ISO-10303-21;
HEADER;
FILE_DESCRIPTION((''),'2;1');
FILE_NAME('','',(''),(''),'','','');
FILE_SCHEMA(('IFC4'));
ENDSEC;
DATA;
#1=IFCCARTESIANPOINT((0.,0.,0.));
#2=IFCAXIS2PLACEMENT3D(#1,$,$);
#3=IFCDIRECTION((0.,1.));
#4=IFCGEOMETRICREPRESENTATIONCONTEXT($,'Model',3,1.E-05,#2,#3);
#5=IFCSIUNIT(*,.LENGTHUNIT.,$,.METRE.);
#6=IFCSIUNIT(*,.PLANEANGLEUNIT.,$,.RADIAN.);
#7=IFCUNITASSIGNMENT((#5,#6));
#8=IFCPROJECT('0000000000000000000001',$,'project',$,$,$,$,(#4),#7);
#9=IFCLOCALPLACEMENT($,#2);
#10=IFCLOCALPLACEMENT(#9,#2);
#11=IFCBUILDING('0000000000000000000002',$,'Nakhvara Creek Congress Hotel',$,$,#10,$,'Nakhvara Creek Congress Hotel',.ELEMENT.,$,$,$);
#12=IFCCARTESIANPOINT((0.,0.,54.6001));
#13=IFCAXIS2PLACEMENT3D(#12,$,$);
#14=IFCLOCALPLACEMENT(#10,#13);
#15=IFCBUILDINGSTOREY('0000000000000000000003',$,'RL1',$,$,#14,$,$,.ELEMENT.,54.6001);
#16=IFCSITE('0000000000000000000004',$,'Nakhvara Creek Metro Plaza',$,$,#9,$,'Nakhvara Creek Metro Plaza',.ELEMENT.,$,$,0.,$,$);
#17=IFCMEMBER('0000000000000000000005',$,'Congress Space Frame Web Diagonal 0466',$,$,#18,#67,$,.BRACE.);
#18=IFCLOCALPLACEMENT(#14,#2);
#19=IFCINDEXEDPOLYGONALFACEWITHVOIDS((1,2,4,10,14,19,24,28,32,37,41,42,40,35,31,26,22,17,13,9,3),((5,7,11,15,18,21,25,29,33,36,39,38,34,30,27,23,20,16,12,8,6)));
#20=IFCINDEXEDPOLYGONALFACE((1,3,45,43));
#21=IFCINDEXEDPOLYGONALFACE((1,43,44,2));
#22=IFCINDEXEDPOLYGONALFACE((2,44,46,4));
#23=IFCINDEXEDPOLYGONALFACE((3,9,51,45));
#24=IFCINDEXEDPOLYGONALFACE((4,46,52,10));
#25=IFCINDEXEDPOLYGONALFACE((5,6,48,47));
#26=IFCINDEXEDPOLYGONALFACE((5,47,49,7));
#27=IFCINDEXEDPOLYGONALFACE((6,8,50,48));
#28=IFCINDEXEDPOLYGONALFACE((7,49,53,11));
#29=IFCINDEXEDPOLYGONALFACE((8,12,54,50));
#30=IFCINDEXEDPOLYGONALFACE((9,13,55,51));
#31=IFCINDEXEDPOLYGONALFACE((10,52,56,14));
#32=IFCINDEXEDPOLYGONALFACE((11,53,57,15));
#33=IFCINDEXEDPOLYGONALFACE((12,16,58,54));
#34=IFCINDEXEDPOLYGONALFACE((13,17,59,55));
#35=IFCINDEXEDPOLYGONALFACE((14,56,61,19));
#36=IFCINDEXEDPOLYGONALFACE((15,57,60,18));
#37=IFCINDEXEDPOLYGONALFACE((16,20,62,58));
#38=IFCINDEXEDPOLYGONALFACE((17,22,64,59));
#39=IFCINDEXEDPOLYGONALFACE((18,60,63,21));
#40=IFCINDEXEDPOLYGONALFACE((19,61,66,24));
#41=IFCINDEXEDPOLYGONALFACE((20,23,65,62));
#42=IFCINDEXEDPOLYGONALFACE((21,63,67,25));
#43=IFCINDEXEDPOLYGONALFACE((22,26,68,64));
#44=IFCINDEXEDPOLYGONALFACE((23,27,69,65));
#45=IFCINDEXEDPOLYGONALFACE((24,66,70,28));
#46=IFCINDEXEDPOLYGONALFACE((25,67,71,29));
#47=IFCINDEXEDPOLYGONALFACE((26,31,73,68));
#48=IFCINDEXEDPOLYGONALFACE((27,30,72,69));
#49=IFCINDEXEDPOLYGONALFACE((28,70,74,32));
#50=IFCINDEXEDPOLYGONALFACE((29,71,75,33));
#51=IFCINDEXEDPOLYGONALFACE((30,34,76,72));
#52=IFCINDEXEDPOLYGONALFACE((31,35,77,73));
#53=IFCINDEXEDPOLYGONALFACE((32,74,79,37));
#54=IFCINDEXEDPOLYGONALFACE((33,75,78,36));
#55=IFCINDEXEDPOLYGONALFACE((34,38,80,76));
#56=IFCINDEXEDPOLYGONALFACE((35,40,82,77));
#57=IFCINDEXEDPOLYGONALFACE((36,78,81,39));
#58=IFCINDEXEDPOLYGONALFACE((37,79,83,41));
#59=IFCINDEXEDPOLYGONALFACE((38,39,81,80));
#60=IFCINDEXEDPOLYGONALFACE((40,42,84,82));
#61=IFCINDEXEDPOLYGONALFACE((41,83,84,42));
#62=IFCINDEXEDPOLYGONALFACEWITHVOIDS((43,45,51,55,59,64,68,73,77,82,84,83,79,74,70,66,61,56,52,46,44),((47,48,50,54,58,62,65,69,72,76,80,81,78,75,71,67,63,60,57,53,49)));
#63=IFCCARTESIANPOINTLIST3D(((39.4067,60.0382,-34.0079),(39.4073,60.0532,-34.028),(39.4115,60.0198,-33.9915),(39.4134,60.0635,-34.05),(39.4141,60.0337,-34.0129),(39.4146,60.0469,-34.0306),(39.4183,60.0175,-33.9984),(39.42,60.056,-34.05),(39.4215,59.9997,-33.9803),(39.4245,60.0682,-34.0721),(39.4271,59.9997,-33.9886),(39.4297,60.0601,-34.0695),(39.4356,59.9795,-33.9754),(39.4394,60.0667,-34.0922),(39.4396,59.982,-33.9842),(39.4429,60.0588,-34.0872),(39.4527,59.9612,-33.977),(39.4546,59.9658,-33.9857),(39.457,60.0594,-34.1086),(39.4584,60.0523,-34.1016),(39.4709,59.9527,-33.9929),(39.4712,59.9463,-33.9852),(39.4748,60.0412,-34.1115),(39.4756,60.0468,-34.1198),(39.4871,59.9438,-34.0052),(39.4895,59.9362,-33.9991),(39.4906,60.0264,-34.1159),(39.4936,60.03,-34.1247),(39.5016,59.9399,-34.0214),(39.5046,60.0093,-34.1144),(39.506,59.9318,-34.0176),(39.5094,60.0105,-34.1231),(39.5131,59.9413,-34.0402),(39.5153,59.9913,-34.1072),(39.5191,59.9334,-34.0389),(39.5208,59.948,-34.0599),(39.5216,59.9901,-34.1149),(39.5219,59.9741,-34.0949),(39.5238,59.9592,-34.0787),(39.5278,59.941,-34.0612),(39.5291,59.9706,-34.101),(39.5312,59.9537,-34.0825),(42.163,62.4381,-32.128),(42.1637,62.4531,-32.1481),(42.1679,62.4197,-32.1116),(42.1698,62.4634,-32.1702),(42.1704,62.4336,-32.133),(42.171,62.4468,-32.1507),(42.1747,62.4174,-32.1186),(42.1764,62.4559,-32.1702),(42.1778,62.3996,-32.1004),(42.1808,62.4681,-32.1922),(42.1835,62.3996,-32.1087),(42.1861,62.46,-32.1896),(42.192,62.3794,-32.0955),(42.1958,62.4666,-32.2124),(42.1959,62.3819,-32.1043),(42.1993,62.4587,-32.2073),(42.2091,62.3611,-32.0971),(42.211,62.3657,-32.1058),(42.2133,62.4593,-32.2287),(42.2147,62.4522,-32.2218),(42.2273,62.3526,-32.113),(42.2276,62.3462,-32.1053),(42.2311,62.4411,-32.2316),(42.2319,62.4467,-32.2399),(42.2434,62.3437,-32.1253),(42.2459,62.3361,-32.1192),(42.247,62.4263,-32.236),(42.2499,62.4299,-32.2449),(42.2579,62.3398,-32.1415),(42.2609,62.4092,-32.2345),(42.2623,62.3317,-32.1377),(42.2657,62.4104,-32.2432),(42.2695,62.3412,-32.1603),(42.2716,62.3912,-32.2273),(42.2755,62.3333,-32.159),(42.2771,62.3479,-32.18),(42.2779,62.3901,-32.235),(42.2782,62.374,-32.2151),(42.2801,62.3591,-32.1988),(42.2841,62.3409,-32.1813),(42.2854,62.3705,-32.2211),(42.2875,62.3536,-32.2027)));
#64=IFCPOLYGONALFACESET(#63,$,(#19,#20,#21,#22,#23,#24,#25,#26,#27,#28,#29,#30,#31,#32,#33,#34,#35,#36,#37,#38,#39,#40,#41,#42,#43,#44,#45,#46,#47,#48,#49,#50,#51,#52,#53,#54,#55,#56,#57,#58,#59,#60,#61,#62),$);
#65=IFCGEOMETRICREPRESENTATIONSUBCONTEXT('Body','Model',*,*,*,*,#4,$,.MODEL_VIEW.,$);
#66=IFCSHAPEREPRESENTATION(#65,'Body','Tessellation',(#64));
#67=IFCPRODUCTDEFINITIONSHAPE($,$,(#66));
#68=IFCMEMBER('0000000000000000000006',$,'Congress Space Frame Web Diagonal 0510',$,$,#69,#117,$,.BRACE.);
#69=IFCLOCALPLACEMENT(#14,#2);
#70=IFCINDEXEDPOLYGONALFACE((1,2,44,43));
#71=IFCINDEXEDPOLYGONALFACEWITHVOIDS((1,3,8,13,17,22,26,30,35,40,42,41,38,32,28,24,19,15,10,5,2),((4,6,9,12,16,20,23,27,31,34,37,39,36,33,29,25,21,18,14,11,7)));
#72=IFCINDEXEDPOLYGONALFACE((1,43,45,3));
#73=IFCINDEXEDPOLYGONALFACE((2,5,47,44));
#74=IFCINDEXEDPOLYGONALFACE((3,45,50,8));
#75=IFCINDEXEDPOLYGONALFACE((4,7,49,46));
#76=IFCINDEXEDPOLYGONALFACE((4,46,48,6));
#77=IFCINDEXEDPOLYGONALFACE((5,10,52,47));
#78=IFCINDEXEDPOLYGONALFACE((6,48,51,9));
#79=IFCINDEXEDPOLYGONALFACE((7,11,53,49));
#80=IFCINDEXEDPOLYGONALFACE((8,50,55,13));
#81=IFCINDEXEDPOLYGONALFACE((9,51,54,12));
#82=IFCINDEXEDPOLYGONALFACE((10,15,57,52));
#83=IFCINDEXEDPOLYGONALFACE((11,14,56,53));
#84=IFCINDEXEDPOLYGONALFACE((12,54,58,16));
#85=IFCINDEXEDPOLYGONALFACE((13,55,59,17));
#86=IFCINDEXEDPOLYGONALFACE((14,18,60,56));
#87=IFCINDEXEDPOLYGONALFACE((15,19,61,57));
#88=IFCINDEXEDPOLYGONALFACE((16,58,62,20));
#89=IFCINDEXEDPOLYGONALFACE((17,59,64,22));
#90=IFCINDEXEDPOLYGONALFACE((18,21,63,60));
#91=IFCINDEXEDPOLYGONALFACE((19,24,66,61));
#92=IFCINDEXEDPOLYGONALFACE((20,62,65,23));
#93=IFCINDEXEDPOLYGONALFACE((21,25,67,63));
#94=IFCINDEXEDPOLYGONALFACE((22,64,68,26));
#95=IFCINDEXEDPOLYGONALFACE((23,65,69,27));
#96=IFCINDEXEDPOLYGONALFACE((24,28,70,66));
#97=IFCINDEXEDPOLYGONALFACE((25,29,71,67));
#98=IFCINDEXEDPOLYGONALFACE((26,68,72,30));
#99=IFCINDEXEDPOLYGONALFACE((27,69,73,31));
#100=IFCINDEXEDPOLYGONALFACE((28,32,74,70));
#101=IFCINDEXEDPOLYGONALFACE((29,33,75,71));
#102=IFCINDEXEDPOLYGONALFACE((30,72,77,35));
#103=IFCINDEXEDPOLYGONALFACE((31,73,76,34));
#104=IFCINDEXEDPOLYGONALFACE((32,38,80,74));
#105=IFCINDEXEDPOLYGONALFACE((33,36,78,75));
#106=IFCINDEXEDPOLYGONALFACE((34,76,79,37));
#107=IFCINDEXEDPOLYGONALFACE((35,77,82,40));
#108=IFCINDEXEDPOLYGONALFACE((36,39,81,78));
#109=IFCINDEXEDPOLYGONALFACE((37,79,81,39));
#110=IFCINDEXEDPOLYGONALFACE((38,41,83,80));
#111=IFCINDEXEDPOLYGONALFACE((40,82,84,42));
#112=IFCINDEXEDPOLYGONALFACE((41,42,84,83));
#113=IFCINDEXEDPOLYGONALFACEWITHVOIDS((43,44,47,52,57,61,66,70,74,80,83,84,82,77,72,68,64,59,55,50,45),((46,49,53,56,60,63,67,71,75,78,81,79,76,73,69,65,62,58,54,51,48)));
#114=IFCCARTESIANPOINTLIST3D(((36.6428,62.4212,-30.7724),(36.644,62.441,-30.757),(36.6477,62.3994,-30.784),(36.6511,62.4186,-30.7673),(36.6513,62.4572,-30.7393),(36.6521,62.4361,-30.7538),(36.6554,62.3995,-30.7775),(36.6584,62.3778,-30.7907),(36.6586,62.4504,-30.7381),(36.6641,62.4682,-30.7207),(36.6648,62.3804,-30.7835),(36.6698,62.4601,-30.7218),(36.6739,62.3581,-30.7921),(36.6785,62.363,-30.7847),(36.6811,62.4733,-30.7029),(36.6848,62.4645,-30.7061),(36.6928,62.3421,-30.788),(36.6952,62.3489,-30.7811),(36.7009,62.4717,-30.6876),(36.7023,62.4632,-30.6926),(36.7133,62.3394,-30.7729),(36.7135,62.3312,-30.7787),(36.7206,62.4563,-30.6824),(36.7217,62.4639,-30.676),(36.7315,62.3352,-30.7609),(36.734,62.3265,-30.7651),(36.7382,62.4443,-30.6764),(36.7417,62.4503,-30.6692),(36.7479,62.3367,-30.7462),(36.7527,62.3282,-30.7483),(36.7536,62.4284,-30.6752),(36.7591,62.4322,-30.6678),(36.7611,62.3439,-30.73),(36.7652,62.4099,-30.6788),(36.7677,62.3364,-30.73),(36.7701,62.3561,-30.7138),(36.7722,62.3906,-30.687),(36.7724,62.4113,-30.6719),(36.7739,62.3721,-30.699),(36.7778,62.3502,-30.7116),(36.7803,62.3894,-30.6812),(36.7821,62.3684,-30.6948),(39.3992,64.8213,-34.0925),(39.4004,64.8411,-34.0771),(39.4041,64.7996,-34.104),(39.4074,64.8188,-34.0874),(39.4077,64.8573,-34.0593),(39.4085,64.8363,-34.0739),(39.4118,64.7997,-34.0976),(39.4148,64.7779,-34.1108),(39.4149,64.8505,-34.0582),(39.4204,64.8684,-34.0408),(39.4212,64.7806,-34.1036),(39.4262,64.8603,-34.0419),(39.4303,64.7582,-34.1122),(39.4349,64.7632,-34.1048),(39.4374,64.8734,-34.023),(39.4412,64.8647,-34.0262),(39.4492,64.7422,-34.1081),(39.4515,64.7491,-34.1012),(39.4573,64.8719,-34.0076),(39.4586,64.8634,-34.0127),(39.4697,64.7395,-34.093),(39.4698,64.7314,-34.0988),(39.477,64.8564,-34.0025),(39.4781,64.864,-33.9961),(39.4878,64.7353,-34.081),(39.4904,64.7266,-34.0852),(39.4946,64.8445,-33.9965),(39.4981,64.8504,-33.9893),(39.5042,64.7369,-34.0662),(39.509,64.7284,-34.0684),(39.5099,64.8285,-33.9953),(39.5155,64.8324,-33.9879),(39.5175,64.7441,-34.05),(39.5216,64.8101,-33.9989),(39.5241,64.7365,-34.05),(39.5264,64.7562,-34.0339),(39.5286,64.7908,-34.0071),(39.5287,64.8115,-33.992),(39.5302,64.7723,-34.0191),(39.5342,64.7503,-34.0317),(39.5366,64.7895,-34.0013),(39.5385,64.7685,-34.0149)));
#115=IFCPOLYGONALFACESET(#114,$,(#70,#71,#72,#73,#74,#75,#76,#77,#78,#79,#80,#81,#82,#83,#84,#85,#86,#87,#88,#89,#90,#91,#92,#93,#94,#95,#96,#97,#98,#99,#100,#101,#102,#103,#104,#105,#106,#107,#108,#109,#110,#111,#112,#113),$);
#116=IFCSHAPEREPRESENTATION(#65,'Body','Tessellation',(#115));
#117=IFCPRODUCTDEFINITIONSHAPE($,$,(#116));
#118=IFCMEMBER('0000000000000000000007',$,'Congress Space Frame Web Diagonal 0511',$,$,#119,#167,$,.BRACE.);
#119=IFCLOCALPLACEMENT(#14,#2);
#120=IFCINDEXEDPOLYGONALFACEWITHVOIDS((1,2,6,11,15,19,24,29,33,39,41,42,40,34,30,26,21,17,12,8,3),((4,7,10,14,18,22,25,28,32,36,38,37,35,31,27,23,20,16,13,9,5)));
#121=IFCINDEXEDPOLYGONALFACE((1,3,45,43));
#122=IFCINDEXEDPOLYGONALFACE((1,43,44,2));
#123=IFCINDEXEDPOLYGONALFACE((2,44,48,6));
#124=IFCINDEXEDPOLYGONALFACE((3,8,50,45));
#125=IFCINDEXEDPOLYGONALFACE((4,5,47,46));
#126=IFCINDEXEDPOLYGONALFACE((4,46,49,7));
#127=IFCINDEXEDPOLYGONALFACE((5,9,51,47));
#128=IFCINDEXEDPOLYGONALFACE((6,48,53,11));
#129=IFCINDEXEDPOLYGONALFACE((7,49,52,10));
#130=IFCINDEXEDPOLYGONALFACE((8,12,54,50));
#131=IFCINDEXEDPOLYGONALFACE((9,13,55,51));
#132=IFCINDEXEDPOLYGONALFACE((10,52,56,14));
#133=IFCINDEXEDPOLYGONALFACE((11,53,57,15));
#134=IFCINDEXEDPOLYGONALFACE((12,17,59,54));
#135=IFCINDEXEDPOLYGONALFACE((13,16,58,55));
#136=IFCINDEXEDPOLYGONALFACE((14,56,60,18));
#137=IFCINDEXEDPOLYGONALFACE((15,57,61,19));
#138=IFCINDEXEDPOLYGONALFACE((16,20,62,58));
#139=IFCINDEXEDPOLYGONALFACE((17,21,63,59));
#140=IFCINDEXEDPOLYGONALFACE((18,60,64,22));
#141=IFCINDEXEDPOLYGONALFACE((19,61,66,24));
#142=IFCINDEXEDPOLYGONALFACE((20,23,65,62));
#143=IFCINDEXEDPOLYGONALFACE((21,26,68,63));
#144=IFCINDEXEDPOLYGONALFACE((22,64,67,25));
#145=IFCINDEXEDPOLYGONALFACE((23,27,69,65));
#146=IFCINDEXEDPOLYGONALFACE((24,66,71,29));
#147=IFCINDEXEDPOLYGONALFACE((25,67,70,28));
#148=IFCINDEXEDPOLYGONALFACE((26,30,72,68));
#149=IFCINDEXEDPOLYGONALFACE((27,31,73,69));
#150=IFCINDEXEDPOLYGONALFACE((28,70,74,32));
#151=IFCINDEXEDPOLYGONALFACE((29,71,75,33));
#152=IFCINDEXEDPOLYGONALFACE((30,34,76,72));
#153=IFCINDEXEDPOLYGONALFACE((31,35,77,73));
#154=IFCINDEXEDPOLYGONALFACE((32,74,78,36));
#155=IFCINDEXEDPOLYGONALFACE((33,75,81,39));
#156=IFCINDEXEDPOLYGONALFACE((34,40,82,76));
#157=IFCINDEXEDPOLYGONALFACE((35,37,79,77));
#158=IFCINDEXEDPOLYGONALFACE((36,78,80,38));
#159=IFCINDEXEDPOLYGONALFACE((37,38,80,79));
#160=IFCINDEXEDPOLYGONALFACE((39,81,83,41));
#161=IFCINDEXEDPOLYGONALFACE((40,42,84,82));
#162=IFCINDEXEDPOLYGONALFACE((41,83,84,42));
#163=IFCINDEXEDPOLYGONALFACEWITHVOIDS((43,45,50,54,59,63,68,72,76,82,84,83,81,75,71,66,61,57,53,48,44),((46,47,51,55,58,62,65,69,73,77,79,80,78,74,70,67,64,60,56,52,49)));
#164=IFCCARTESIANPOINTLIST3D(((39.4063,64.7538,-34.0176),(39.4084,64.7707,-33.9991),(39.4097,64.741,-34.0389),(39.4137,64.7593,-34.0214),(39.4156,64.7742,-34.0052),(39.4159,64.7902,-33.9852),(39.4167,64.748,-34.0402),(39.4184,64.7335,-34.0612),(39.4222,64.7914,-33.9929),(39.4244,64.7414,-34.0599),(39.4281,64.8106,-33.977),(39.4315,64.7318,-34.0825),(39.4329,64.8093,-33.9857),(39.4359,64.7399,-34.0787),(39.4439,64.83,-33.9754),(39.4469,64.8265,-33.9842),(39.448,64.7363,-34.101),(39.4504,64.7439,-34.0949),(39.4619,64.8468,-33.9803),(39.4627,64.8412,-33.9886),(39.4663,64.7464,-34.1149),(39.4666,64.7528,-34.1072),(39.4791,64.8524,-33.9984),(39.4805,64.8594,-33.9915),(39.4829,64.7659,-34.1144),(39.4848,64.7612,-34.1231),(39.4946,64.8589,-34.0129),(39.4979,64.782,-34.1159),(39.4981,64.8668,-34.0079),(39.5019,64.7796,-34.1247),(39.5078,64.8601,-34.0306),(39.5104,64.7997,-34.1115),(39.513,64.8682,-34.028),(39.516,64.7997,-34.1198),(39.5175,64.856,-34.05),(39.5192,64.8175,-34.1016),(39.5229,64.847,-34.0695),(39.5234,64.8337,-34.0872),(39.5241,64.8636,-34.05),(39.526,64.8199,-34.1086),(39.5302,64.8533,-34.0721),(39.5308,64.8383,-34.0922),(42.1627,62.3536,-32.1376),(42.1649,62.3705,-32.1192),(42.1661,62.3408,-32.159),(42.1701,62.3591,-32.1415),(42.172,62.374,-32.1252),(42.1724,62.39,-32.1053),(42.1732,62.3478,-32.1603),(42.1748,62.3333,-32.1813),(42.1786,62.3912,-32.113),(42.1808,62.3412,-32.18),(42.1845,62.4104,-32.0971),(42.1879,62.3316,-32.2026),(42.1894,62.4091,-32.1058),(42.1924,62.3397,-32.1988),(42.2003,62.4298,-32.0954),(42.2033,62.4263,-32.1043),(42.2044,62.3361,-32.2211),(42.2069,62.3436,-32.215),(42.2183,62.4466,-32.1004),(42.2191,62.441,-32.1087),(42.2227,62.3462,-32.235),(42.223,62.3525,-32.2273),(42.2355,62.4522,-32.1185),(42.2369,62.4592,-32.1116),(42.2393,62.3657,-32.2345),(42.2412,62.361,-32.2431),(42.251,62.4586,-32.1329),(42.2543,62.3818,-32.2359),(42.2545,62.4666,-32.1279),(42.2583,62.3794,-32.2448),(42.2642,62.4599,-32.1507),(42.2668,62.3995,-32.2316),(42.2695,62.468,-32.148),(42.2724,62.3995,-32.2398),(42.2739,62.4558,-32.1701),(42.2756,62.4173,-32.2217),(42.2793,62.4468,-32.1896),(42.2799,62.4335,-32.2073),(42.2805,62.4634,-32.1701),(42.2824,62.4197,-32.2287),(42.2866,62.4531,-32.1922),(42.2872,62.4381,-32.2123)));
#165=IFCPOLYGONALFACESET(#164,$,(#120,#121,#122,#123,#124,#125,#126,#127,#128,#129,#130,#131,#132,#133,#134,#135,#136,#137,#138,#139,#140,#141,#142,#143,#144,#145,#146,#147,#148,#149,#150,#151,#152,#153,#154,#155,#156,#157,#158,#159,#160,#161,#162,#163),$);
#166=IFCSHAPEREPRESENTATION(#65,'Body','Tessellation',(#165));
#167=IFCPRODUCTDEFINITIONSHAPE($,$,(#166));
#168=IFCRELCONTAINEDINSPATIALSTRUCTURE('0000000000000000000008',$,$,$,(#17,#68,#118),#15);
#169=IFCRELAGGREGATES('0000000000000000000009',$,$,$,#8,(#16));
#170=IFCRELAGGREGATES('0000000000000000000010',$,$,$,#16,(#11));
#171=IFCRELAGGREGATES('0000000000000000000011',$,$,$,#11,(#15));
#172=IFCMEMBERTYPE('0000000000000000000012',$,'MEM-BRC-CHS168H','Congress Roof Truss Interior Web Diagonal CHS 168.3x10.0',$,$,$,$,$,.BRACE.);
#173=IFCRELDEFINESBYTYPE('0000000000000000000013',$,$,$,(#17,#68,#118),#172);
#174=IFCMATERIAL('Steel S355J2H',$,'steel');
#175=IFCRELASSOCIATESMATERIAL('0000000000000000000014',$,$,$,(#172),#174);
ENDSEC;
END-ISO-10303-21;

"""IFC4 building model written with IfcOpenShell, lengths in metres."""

from ifc_helpers import new_model, si_unit, direction, frame, origin, origin_2d, place, context, subcontext, project, spatial, hollow_circle, extrude, material, material_profile, profile_set, type_object, element, save


model = new_model("IFC4")

# Units and contexts
model_context = context("Model", 3, precision=1e-05, world=origin(), true_north=direction((0.0, 1.0)))
body_context = subcontext(model_context, "Body", "Model", "MODEL_VIEW")
ifc_project = project(units=[si_unit("LENGTHUNIT", "METRE"), si_unit("PLANEANGLEUNIT", "RADIAN")], contexts=[model_context])

# Site, building, storey
site_placement = place(None, origin())
site = spatial("IfcSite", under=ifc_project, at=site_placement, Name="Nakhvara Creek Metro Plaza", LongName="Nakhvara Creek Metro Plaza", CompositionType="ELEMENT", RefElevation=0.0)
building_placement = place(site_placement, origin())
building = spatial("IfcBuilding", under=site, at=building_placement, Name="Nakhvara Creek Congress Hotel", LongName="Nakhvara Creek Congress Hotel", CompositionType="ELEMENT")
storey_placement = place(building_placement, frame((0.0, 0.0, 54.6001)))
storey = spatial("IfcBuildingStorey", under=building, at=storey_placement, Name="RL1", CompositionType="ELEMENT", Elevation=54.6001)

# Members
ifc_material_1 = material(Name="Steel S355J2H", Category="steel")
ifc_material_profile_1 = material_profile(ifc_material_1, hollow_circle(Radius=0.0842, WallThickness=0.01, at=origin_2d()), Name="CHS 168.3x10.0", Category="LoadBearing")
ifc_profile_set_1 = profile_set([ifc_material_profile_1], Name="Steel S355J2H")
member_type_1 = type_object("IfcMemberType", Name="MEM-BRC-CHS168H", Description="Congress Roof Truss Interior Web Diagonal CHS 168.3x10.0", PredefinedType="BRACE", material=ifc_profile_set_1)
member_1_placement = place(storey_placement, frame((39.4688, 60.0, -34.05), z_axis=(0.670667, 0.583938, 0.457408), x_axis=(-0.656658, 0.754188, 0.0)))
element("IfcMember", 1, at=member_1_placement, inside=storey, type_object=member_type_1, Name="Congress Space Frame Web Diagonal 0466", PredefinedType="BRACE", context=body_context, shape_type="SweptSolid", body=[
    extrude(hollow_circle(Radius=0.0842, WallThickness=0.01, at=origin_2d()), origin(), (0.0, 0.0, 1.0), 4.1099),
])
member_2_placement = place(storey_placement, frame((39.4688, 64.8, -34.05), z_axis=(-0.558224, -0.486085, 0.67239), x_axis=(0.656696, -0.754155, 0.0)))
element("IfcMember", 2, at=member_2_placement, inside=storey, type_object=member_type_1, Name="Congress Space Frame Web Diagonal 0510", PredefinedType="BRACE", context=body_context, shape_type="SweptSolid", body=[
    extrude(hollow_circle(Radius=0.0842, WallThickness=0.01, at=origin_2d()), origin(), (0.0, 0.0, 1.0), 4.9377),
])
member_3_placement = place(storey_placement, frame((39.4688, 64.8, -34.05), z_axis=(0.670644, -0.583977, 0.457392), x_axis=(0.656696, 0.754155, 0.0)))
element("IfcMember", 3, at=member_3_placement, inside=storey, type_object=member_type_1, Name="Congress Space Frame Web Diagonal 0511", PredefinedType="BRACE", context=body_context, shape_type="SweptSolid", body=[
    extrude(hollow_circle(Radius=0.0842, WallThickness=0.01, at=origin_2d()), origin(), (0.0, 0.0, 1.0), 4.1101),
])

save(model, "model.ifc")
